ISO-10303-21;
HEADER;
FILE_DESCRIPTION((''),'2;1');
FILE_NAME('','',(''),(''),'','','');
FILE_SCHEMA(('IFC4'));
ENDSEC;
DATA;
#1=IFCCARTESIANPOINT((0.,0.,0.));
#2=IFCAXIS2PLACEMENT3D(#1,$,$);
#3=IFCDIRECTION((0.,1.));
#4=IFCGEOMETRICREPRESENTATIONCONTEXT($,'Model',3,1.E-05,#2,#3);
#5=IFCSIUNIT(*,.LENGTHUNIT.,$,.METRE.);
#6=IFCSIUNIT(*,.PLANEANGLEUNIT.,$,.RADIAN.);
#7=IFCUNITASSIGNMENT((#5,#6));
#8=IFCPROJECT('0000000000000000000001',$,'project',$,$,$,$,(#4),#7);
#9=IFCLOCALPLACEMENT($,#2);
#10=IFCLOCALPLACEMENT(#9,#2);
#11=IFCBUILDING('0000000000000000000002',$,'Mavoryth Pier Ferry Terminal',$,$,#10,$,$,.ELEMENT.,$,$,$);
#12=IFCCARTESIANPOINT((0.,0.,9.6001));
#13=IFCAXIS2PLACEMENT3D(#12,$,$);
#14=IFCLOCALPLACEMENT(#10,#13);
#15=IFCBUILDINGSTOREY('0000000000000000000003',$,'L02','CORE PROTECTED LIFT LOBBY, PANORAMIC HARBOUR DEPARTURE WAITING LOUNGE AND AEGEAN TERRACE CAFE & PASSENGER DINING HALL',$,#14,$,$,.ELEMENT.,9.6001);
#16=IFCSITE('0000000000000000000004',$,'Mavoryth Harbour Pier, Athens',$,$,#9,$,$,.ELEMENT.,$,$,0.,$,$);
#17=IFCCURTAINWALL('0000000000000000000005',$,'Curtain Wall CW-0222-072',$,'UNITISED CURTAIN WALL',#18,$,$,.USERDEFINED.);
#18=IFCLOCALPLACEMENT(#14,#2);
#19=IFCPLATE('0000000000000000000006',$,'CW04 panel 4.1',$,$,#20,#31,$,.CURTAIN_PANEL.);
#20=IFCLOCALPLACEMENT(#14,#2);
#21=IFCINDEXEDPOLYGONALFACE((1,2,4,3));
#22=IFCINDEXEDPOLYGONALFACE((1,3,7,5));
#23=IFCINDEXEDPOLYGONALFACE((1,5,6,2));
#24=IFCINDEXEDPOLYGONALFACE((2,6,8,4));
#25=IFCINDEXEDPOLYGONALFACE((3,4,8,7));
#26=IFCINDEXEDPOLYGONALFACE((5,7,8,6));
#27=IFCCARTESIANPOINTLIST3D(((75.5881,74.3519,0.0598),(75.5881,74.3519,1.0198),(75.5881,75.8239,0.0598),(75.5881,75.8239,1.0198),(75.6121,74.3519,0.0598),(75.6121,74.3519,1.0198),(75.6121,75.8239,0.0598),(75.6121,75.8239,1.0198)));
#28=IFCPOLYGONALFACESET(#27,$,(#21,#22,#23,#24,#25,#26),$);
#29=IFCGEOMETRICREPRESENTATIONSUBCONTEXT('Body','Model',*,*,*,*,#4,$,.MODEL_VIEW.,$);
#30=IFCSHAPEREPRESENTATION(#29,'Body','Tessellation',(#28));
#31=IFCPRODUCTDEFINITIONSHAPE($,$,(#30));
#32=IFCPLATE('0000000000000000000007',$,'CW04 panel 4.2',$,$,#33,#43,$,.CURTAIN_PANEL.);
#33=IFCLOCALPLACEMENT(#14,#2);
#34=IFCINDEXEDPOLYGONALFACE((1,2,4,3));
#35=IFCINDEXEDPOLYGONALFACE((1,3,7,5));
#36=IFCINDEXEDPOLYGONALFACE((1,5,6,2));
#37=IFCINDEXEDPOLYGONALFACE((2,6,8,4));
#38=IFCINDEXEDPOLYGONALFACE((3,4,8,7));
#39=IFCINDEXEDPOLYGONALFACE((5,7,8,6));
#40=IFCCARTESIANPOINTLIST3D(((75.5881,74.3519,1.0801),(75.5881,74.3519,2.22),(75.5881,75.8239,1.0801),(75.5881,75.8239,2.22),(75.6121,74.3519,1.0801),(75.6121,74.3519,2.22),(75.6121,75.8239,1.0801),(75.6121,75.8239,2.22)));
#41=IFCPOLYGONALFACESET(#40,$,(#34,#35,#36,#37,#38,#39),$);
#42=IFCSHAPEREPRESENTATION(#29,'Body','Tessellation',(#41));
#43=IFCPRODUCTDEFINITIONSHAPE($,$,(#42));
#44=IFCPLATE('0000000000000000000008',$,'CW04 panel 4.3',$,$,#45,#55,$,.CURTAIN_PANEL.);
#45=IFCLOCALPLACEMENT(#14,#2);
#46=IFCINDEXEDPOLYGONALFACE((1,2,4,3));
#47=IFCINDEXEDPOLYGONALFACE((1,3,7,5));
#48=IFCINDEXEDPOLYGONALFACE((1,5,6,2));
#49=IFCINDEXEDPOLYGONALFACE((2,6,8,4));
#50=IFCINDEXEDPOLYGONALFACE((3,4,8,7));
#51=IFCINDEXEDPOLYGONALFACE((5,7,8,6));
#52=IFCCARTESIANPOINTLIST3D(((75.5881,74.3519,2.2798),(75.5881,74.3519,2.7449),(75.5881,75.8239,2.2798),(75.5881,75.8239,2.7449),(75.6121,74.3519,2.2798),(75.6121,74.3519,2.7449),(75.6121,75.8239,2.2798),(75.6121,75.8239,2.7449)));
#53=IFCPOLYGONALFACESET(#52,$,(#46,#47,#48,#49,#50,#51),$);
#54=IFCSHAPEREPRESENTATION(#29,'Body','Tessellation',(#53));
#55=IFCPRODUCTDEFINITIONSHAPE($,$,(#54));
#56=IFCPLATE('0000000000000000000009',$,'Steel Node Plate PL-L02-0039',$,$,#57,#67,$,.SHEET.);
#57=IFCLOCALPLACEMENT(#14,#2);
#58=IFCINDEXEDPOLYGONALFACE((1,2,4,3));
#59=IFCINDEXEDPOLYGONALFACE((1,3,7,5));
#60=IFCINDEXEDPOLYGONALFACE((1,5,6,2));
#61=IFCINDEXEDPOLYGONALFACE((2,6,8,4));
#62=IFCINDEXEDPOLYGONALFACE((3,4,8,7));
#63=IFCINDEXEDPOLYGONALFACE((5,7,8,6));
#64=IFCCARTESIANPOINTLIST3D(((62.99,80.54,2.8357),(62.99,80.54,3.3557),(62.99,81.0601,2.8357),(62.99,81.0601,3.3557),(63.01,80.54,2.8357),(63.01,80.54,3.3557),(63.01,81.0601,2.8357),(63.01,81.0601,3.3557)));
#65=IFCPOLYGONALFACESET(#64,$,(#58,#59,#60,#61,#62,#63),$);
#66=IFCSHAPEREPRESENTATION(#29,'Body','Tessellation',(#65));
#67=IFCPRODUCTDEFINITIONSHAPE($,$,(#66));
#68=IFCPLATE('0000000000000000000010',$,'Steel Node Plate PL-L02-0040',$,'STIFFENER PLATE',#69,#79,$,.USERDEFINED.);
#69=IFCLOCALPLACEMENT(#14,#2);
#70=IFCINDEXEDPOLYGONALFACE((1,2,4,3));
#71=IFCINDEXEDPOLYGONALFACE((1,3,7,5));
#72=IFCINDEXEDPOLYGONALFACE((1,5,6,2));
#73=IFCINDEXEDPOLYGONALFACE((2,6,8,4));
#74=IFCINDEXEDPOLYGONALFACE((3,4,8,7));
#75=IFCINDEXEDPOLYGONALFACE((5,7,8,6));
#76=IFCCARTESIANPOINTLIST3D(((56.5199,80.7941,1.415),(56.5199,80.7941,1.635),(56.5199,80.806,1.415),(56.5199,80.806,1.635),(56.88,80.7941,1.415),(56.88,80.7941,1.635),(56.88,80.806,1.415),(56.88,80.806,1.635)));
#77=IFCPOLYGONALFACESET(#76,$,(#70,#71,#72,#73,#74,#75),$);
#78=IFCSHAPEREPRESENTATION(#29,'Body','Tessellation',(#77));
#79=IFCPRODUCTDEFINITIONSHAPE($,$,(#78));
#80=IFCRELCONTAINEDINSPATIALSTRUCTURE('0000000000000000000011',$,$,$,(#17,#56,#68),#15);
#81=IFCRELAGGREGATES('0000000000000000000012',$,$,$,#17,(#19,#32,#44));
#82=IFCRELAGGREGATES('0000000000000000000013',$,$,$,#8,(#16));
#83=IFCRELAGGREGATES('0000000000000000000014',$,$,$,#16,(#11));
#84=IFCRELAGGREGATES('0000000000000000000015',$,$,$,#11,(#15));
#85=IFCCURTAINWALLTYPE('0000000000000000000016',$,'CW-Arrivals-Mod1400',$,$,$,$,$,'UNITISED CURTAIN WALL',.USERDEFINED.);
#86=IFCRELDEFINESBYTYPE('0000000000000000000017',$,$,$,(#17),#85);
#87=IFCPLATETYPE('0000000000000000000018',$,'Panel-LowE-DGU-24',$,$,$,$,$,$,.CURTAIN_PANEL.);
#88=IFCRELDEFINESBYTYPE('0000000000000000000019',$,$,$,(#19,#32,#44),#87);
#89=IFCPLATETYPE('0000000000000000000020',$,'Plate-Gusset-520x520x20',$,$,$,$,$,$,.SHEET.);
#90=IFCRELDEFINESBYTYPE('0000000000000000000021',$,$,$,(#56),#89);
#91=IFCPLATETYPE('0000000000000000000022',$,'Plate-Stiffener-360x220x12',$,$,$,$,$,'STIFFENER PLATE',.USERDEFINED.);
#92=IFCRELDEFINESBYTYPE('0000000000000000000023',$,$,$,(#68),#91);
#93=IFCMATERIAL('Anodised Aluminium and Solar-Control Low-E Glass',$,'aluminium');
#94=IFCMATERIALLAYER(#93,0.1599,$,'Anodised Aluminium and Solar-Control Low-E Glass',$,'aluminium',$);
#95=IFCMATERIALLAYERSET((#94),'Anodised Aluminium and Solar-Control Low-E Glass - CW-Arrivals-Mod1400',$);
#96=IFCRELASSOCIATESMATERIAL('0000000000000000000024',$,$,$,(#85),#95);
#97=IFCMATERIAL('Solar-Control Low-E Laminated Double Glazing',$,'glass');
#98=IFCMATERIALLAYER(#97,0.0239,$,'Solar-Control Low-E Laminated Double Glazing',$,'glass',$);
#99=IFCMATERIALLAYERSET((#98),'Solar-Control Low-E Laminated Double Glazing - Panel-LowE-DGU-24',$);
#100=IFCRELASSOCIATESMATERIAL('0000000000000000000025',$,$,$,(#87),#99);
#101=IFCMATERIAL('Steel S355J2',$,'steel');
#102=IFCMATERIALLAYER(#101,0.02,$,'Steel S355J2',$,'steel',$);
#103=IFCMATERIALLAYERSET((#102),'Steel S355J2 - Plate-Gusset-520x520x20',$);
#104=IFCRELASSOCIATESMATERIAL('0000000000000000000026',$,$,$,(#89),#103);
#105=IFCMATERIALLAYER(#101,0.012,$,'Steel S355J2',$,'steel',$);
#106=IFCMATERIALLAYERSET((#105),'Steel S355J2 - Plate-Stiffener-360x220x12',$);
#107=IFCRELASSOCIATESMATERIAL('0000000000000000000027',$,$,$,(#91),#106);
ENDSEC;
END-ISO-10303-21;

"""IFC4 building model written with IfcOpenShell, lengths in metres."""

from ifc_helpers import new_model, si_unit, direction, frame, origin, origin_2d, place, context, subcontext, project, spatial, rectangle, extrude, material, layer, layer_set, type_object, element, aggregate, save


model = new_model("IFC4")

# Units and contexts
model_context = context("Model", 3, precision=1e-05, world=origin(), true_north=direction((0.0, 1.0)))
body_context = subcontext(model_context, "Body", "Model", "MODEL_VIEW")
ifc_project = project(units=[si_unit("LENGTHUNIT", "METRE"), si_unit("PLANEANGLEUNIT", "RADIAN")], contexts=[model_context])

# Site, building, storey
site_placement = place(None, origin())
site = spatial("IfcSite", under=ifc_project, at=site_placement, Name="Mavoryth Harbour Pier, Athens", CompositionType="ELEMENT", RefElevation=0.0)
building_placement = place(site_placement, origin())
building = spatial("IfcBuilding", under=site, at=building_placement, Name="Mavoryth Pier Ferry Terminal", CompositionType="ELEMENT")
storey_placement = place(building_placement, frame((0.0, 0.0, 9.6001)))
storey = spatial("IfcBuildingStorey", under=building, at=storey_placement, Name="L02", Description="CORE PROTECTED LIFT LOBBY, PANORAMIC HARBOUR DEPARTURE WAITING LOUNGE AND AEGEAN TERRACE CAFE & PASSENGER DINING HALL", CompositionType="ELEMENT", Elevation=9.6001)

# Shared definitions
ifc_material_1 = material(Name="Steel S355J2", Category="steel")

# Curtain wall
ifc_material_2 = material(Name="Anodised Aluminium and Solar-Control Low-E Glass", Category="aluminium")
ifc_layer_1 = layer(ifc_material_2, 0.1599, Name="Anodised Aluminium and Solar-Control Low-E Glass", Category="aluminium")
ifc_layer_set_1 = layer_set([ifc_layer_1], Name="Anodised Aluminium and Solar-Control Low-E Glass - CW-Arrivals-Mod1400")
curtain_wall_type = type_object("IfcCurtainWallType", Name="CW-Arrivals-Mod1400", ElementType="UNITISED CURTAIN WALL", PredefinedType="USERDEFINED", material=ifc_layer_set_1)
curtain_wall_placement = place(storey_placement, origin())
curtain_wall = element("IfcCurtainWall", 1, at=curtain_wall_placement, inside=storey, type_object=curtain_wall_type, Name="Curtain Wall CW-0222-072", ObjectType="UNITISED CURTAIN WALL", PredefinedType="USERDEFINED")

# Plates
ifc_material_3 = material(Name="Solar-Control Low-E Laminated Double Glazing", Category="glass")
ifc_layer_2 = layer(ifc_material_3, 0.0239, Name="Solar-Control Low-E Laminated Double Glazing", Category="glass")
ifc_layer_set_2 = layer_set([ifc_layer_2], Name="Solar-Control Low-E Laminated Double Glazing - Panel-LowE-DGU-24")
plate_type_1 = type_object("IfcPlateType", Name="Panel-LowE-DGU-24", PredefinedType="CURTAIN_PANEL", material=ifc_layer_set_2)
plate_1_placement = place(storey_placement, frame((75.6001, 75.0879, 0.0598), z_axis=(0.0, 0.0, 1.0), x_axis=(0.0, -1.0, 0.0)))
plate_1 = element("IfcPlate", 2, at=plate_1_placement, type_object=plate_type_1, Name="CW04 panel 4.1", PredefinedType="CURTAIN_PANEL", context=body_context, shape_type="SweptSolid", body=[
    extrude(rectangle(XDim=1.4719, YDim=0.0239, at=origin_2d()), origin(), (0.0, 0.0, 1.0), 0.96),
])
plate_2_placement = place(storey_placement, frame((75.6001, 75.0879, 1.0801), z_axis=(0.0, 0.0, 1.0), x_axis=(0.0, -1.0, 0.0)))
plate_2 = element("IfcPlate", 3, at=plate_2_placement, type_object=plate_type_1, Name="CW04 panel 4.2", PredefinedType="CURTAIN_PANEL", context=body_context, shape_type="SweptSolid", body=[
    extrude(rectangle(XDim=1.4719, YDim=0.0239, at=origin_2d()), origin(), (0.0, 0.0, 1.0), 1.1399),
])
plate_3_placement = place(storey_placement, frame((75.6001, 75.0879, 2.2798), z_axis=(0.0, 0.0, 1.0), x_axis=(0.0, -1.0, 0.0)))
plate_3 = element("IfcPlate", 4, at=plate_3_placement, type_object=plate_type_1, Name="CW04 panel 4.3", PredefinedType="CURTAIN_PANEL", context=body_context, shape_type="SweptSolid", body=[
    extrude(rectangle(XDim=1.4719, YDim=0.0239, at=origin_2d()), origin(), (0.0, 0.0, 1.0), 0.4651),
])
aggregate(curtain_wall, [plate_1, plate_2, plate_3])

# Plates
ifc_layer_3 = layer(ifc_material_1, 0.02, Name="Steel S355J2", Category="steel")
ifc_layer_set_3 = layer_set([ifc_layer_3], Name="Steel S355J2 - Plate-Gusset-520x520x20")
plate_type_2 = type_object("IfcPlateType", Name="Plate-Gusset-520x520x20", PredefinedType="SHEET", material=ifc_layer_set_3)
plate_4_placement = place(storey_placement, frame((63.0, 80.8, 2.8357), z_axis=(0.0, 0.0, 1.0), x_axis=(0.0, 1.0, 0.0)))
element("IfcPlate", 5, at=plate_4_placement, inside=storey, type_object=plate_type_2, Name="Steel Node Plate PL-L02-0039", PredefinedType="SHEET", context=body_context, shape_type="SweptSolid", body=[
    extrude(rectangle(XDim=0.52, YDim=0.02, at=origin_2d()), origin(), (0.0, 0.0, 1.0), 0.52),
])
ifc_layer_4 = layer(ifc_material_1, 0.012, Name="Steel S355J2", Category="steel")
ifc_layer_set_4 = layer_set([ifc_layer_4], Name="Steel S355J2 - Plate-Stiffener-360x220x12")
plate_type_3 = type_object("IfcPlateType", Name="Plate-Stiffener-360x220x12", ElementType="STIFFENER PLATE", PredefinedType="USERDEFINED", material=ifc_layer_set_4)
plate_5_placement = place(storey_placement, frame((56.7, 80.8, 1.415), z_axis=(0.0, 0.0, 1.0), x_axis=(1.0, 0.0, 0.0)))
element("IfcPlate", 6, at=plate_5_placement, inside=storey, type_object=plate_type_3, Name="Steel Node Plate PL-L02-0040", ObjectType="STIFFENER PLATE", PredefinedType="USERDEFINED", context=body_context, shape_type="SweptSolid", body=[
    extrude(rectangle(XDim=0.3601, YDim=0.012, at=origin_2d()), origin(), (0.0, 0.0, 1.0), 0.22),
])

save(model, "model.ifc")
